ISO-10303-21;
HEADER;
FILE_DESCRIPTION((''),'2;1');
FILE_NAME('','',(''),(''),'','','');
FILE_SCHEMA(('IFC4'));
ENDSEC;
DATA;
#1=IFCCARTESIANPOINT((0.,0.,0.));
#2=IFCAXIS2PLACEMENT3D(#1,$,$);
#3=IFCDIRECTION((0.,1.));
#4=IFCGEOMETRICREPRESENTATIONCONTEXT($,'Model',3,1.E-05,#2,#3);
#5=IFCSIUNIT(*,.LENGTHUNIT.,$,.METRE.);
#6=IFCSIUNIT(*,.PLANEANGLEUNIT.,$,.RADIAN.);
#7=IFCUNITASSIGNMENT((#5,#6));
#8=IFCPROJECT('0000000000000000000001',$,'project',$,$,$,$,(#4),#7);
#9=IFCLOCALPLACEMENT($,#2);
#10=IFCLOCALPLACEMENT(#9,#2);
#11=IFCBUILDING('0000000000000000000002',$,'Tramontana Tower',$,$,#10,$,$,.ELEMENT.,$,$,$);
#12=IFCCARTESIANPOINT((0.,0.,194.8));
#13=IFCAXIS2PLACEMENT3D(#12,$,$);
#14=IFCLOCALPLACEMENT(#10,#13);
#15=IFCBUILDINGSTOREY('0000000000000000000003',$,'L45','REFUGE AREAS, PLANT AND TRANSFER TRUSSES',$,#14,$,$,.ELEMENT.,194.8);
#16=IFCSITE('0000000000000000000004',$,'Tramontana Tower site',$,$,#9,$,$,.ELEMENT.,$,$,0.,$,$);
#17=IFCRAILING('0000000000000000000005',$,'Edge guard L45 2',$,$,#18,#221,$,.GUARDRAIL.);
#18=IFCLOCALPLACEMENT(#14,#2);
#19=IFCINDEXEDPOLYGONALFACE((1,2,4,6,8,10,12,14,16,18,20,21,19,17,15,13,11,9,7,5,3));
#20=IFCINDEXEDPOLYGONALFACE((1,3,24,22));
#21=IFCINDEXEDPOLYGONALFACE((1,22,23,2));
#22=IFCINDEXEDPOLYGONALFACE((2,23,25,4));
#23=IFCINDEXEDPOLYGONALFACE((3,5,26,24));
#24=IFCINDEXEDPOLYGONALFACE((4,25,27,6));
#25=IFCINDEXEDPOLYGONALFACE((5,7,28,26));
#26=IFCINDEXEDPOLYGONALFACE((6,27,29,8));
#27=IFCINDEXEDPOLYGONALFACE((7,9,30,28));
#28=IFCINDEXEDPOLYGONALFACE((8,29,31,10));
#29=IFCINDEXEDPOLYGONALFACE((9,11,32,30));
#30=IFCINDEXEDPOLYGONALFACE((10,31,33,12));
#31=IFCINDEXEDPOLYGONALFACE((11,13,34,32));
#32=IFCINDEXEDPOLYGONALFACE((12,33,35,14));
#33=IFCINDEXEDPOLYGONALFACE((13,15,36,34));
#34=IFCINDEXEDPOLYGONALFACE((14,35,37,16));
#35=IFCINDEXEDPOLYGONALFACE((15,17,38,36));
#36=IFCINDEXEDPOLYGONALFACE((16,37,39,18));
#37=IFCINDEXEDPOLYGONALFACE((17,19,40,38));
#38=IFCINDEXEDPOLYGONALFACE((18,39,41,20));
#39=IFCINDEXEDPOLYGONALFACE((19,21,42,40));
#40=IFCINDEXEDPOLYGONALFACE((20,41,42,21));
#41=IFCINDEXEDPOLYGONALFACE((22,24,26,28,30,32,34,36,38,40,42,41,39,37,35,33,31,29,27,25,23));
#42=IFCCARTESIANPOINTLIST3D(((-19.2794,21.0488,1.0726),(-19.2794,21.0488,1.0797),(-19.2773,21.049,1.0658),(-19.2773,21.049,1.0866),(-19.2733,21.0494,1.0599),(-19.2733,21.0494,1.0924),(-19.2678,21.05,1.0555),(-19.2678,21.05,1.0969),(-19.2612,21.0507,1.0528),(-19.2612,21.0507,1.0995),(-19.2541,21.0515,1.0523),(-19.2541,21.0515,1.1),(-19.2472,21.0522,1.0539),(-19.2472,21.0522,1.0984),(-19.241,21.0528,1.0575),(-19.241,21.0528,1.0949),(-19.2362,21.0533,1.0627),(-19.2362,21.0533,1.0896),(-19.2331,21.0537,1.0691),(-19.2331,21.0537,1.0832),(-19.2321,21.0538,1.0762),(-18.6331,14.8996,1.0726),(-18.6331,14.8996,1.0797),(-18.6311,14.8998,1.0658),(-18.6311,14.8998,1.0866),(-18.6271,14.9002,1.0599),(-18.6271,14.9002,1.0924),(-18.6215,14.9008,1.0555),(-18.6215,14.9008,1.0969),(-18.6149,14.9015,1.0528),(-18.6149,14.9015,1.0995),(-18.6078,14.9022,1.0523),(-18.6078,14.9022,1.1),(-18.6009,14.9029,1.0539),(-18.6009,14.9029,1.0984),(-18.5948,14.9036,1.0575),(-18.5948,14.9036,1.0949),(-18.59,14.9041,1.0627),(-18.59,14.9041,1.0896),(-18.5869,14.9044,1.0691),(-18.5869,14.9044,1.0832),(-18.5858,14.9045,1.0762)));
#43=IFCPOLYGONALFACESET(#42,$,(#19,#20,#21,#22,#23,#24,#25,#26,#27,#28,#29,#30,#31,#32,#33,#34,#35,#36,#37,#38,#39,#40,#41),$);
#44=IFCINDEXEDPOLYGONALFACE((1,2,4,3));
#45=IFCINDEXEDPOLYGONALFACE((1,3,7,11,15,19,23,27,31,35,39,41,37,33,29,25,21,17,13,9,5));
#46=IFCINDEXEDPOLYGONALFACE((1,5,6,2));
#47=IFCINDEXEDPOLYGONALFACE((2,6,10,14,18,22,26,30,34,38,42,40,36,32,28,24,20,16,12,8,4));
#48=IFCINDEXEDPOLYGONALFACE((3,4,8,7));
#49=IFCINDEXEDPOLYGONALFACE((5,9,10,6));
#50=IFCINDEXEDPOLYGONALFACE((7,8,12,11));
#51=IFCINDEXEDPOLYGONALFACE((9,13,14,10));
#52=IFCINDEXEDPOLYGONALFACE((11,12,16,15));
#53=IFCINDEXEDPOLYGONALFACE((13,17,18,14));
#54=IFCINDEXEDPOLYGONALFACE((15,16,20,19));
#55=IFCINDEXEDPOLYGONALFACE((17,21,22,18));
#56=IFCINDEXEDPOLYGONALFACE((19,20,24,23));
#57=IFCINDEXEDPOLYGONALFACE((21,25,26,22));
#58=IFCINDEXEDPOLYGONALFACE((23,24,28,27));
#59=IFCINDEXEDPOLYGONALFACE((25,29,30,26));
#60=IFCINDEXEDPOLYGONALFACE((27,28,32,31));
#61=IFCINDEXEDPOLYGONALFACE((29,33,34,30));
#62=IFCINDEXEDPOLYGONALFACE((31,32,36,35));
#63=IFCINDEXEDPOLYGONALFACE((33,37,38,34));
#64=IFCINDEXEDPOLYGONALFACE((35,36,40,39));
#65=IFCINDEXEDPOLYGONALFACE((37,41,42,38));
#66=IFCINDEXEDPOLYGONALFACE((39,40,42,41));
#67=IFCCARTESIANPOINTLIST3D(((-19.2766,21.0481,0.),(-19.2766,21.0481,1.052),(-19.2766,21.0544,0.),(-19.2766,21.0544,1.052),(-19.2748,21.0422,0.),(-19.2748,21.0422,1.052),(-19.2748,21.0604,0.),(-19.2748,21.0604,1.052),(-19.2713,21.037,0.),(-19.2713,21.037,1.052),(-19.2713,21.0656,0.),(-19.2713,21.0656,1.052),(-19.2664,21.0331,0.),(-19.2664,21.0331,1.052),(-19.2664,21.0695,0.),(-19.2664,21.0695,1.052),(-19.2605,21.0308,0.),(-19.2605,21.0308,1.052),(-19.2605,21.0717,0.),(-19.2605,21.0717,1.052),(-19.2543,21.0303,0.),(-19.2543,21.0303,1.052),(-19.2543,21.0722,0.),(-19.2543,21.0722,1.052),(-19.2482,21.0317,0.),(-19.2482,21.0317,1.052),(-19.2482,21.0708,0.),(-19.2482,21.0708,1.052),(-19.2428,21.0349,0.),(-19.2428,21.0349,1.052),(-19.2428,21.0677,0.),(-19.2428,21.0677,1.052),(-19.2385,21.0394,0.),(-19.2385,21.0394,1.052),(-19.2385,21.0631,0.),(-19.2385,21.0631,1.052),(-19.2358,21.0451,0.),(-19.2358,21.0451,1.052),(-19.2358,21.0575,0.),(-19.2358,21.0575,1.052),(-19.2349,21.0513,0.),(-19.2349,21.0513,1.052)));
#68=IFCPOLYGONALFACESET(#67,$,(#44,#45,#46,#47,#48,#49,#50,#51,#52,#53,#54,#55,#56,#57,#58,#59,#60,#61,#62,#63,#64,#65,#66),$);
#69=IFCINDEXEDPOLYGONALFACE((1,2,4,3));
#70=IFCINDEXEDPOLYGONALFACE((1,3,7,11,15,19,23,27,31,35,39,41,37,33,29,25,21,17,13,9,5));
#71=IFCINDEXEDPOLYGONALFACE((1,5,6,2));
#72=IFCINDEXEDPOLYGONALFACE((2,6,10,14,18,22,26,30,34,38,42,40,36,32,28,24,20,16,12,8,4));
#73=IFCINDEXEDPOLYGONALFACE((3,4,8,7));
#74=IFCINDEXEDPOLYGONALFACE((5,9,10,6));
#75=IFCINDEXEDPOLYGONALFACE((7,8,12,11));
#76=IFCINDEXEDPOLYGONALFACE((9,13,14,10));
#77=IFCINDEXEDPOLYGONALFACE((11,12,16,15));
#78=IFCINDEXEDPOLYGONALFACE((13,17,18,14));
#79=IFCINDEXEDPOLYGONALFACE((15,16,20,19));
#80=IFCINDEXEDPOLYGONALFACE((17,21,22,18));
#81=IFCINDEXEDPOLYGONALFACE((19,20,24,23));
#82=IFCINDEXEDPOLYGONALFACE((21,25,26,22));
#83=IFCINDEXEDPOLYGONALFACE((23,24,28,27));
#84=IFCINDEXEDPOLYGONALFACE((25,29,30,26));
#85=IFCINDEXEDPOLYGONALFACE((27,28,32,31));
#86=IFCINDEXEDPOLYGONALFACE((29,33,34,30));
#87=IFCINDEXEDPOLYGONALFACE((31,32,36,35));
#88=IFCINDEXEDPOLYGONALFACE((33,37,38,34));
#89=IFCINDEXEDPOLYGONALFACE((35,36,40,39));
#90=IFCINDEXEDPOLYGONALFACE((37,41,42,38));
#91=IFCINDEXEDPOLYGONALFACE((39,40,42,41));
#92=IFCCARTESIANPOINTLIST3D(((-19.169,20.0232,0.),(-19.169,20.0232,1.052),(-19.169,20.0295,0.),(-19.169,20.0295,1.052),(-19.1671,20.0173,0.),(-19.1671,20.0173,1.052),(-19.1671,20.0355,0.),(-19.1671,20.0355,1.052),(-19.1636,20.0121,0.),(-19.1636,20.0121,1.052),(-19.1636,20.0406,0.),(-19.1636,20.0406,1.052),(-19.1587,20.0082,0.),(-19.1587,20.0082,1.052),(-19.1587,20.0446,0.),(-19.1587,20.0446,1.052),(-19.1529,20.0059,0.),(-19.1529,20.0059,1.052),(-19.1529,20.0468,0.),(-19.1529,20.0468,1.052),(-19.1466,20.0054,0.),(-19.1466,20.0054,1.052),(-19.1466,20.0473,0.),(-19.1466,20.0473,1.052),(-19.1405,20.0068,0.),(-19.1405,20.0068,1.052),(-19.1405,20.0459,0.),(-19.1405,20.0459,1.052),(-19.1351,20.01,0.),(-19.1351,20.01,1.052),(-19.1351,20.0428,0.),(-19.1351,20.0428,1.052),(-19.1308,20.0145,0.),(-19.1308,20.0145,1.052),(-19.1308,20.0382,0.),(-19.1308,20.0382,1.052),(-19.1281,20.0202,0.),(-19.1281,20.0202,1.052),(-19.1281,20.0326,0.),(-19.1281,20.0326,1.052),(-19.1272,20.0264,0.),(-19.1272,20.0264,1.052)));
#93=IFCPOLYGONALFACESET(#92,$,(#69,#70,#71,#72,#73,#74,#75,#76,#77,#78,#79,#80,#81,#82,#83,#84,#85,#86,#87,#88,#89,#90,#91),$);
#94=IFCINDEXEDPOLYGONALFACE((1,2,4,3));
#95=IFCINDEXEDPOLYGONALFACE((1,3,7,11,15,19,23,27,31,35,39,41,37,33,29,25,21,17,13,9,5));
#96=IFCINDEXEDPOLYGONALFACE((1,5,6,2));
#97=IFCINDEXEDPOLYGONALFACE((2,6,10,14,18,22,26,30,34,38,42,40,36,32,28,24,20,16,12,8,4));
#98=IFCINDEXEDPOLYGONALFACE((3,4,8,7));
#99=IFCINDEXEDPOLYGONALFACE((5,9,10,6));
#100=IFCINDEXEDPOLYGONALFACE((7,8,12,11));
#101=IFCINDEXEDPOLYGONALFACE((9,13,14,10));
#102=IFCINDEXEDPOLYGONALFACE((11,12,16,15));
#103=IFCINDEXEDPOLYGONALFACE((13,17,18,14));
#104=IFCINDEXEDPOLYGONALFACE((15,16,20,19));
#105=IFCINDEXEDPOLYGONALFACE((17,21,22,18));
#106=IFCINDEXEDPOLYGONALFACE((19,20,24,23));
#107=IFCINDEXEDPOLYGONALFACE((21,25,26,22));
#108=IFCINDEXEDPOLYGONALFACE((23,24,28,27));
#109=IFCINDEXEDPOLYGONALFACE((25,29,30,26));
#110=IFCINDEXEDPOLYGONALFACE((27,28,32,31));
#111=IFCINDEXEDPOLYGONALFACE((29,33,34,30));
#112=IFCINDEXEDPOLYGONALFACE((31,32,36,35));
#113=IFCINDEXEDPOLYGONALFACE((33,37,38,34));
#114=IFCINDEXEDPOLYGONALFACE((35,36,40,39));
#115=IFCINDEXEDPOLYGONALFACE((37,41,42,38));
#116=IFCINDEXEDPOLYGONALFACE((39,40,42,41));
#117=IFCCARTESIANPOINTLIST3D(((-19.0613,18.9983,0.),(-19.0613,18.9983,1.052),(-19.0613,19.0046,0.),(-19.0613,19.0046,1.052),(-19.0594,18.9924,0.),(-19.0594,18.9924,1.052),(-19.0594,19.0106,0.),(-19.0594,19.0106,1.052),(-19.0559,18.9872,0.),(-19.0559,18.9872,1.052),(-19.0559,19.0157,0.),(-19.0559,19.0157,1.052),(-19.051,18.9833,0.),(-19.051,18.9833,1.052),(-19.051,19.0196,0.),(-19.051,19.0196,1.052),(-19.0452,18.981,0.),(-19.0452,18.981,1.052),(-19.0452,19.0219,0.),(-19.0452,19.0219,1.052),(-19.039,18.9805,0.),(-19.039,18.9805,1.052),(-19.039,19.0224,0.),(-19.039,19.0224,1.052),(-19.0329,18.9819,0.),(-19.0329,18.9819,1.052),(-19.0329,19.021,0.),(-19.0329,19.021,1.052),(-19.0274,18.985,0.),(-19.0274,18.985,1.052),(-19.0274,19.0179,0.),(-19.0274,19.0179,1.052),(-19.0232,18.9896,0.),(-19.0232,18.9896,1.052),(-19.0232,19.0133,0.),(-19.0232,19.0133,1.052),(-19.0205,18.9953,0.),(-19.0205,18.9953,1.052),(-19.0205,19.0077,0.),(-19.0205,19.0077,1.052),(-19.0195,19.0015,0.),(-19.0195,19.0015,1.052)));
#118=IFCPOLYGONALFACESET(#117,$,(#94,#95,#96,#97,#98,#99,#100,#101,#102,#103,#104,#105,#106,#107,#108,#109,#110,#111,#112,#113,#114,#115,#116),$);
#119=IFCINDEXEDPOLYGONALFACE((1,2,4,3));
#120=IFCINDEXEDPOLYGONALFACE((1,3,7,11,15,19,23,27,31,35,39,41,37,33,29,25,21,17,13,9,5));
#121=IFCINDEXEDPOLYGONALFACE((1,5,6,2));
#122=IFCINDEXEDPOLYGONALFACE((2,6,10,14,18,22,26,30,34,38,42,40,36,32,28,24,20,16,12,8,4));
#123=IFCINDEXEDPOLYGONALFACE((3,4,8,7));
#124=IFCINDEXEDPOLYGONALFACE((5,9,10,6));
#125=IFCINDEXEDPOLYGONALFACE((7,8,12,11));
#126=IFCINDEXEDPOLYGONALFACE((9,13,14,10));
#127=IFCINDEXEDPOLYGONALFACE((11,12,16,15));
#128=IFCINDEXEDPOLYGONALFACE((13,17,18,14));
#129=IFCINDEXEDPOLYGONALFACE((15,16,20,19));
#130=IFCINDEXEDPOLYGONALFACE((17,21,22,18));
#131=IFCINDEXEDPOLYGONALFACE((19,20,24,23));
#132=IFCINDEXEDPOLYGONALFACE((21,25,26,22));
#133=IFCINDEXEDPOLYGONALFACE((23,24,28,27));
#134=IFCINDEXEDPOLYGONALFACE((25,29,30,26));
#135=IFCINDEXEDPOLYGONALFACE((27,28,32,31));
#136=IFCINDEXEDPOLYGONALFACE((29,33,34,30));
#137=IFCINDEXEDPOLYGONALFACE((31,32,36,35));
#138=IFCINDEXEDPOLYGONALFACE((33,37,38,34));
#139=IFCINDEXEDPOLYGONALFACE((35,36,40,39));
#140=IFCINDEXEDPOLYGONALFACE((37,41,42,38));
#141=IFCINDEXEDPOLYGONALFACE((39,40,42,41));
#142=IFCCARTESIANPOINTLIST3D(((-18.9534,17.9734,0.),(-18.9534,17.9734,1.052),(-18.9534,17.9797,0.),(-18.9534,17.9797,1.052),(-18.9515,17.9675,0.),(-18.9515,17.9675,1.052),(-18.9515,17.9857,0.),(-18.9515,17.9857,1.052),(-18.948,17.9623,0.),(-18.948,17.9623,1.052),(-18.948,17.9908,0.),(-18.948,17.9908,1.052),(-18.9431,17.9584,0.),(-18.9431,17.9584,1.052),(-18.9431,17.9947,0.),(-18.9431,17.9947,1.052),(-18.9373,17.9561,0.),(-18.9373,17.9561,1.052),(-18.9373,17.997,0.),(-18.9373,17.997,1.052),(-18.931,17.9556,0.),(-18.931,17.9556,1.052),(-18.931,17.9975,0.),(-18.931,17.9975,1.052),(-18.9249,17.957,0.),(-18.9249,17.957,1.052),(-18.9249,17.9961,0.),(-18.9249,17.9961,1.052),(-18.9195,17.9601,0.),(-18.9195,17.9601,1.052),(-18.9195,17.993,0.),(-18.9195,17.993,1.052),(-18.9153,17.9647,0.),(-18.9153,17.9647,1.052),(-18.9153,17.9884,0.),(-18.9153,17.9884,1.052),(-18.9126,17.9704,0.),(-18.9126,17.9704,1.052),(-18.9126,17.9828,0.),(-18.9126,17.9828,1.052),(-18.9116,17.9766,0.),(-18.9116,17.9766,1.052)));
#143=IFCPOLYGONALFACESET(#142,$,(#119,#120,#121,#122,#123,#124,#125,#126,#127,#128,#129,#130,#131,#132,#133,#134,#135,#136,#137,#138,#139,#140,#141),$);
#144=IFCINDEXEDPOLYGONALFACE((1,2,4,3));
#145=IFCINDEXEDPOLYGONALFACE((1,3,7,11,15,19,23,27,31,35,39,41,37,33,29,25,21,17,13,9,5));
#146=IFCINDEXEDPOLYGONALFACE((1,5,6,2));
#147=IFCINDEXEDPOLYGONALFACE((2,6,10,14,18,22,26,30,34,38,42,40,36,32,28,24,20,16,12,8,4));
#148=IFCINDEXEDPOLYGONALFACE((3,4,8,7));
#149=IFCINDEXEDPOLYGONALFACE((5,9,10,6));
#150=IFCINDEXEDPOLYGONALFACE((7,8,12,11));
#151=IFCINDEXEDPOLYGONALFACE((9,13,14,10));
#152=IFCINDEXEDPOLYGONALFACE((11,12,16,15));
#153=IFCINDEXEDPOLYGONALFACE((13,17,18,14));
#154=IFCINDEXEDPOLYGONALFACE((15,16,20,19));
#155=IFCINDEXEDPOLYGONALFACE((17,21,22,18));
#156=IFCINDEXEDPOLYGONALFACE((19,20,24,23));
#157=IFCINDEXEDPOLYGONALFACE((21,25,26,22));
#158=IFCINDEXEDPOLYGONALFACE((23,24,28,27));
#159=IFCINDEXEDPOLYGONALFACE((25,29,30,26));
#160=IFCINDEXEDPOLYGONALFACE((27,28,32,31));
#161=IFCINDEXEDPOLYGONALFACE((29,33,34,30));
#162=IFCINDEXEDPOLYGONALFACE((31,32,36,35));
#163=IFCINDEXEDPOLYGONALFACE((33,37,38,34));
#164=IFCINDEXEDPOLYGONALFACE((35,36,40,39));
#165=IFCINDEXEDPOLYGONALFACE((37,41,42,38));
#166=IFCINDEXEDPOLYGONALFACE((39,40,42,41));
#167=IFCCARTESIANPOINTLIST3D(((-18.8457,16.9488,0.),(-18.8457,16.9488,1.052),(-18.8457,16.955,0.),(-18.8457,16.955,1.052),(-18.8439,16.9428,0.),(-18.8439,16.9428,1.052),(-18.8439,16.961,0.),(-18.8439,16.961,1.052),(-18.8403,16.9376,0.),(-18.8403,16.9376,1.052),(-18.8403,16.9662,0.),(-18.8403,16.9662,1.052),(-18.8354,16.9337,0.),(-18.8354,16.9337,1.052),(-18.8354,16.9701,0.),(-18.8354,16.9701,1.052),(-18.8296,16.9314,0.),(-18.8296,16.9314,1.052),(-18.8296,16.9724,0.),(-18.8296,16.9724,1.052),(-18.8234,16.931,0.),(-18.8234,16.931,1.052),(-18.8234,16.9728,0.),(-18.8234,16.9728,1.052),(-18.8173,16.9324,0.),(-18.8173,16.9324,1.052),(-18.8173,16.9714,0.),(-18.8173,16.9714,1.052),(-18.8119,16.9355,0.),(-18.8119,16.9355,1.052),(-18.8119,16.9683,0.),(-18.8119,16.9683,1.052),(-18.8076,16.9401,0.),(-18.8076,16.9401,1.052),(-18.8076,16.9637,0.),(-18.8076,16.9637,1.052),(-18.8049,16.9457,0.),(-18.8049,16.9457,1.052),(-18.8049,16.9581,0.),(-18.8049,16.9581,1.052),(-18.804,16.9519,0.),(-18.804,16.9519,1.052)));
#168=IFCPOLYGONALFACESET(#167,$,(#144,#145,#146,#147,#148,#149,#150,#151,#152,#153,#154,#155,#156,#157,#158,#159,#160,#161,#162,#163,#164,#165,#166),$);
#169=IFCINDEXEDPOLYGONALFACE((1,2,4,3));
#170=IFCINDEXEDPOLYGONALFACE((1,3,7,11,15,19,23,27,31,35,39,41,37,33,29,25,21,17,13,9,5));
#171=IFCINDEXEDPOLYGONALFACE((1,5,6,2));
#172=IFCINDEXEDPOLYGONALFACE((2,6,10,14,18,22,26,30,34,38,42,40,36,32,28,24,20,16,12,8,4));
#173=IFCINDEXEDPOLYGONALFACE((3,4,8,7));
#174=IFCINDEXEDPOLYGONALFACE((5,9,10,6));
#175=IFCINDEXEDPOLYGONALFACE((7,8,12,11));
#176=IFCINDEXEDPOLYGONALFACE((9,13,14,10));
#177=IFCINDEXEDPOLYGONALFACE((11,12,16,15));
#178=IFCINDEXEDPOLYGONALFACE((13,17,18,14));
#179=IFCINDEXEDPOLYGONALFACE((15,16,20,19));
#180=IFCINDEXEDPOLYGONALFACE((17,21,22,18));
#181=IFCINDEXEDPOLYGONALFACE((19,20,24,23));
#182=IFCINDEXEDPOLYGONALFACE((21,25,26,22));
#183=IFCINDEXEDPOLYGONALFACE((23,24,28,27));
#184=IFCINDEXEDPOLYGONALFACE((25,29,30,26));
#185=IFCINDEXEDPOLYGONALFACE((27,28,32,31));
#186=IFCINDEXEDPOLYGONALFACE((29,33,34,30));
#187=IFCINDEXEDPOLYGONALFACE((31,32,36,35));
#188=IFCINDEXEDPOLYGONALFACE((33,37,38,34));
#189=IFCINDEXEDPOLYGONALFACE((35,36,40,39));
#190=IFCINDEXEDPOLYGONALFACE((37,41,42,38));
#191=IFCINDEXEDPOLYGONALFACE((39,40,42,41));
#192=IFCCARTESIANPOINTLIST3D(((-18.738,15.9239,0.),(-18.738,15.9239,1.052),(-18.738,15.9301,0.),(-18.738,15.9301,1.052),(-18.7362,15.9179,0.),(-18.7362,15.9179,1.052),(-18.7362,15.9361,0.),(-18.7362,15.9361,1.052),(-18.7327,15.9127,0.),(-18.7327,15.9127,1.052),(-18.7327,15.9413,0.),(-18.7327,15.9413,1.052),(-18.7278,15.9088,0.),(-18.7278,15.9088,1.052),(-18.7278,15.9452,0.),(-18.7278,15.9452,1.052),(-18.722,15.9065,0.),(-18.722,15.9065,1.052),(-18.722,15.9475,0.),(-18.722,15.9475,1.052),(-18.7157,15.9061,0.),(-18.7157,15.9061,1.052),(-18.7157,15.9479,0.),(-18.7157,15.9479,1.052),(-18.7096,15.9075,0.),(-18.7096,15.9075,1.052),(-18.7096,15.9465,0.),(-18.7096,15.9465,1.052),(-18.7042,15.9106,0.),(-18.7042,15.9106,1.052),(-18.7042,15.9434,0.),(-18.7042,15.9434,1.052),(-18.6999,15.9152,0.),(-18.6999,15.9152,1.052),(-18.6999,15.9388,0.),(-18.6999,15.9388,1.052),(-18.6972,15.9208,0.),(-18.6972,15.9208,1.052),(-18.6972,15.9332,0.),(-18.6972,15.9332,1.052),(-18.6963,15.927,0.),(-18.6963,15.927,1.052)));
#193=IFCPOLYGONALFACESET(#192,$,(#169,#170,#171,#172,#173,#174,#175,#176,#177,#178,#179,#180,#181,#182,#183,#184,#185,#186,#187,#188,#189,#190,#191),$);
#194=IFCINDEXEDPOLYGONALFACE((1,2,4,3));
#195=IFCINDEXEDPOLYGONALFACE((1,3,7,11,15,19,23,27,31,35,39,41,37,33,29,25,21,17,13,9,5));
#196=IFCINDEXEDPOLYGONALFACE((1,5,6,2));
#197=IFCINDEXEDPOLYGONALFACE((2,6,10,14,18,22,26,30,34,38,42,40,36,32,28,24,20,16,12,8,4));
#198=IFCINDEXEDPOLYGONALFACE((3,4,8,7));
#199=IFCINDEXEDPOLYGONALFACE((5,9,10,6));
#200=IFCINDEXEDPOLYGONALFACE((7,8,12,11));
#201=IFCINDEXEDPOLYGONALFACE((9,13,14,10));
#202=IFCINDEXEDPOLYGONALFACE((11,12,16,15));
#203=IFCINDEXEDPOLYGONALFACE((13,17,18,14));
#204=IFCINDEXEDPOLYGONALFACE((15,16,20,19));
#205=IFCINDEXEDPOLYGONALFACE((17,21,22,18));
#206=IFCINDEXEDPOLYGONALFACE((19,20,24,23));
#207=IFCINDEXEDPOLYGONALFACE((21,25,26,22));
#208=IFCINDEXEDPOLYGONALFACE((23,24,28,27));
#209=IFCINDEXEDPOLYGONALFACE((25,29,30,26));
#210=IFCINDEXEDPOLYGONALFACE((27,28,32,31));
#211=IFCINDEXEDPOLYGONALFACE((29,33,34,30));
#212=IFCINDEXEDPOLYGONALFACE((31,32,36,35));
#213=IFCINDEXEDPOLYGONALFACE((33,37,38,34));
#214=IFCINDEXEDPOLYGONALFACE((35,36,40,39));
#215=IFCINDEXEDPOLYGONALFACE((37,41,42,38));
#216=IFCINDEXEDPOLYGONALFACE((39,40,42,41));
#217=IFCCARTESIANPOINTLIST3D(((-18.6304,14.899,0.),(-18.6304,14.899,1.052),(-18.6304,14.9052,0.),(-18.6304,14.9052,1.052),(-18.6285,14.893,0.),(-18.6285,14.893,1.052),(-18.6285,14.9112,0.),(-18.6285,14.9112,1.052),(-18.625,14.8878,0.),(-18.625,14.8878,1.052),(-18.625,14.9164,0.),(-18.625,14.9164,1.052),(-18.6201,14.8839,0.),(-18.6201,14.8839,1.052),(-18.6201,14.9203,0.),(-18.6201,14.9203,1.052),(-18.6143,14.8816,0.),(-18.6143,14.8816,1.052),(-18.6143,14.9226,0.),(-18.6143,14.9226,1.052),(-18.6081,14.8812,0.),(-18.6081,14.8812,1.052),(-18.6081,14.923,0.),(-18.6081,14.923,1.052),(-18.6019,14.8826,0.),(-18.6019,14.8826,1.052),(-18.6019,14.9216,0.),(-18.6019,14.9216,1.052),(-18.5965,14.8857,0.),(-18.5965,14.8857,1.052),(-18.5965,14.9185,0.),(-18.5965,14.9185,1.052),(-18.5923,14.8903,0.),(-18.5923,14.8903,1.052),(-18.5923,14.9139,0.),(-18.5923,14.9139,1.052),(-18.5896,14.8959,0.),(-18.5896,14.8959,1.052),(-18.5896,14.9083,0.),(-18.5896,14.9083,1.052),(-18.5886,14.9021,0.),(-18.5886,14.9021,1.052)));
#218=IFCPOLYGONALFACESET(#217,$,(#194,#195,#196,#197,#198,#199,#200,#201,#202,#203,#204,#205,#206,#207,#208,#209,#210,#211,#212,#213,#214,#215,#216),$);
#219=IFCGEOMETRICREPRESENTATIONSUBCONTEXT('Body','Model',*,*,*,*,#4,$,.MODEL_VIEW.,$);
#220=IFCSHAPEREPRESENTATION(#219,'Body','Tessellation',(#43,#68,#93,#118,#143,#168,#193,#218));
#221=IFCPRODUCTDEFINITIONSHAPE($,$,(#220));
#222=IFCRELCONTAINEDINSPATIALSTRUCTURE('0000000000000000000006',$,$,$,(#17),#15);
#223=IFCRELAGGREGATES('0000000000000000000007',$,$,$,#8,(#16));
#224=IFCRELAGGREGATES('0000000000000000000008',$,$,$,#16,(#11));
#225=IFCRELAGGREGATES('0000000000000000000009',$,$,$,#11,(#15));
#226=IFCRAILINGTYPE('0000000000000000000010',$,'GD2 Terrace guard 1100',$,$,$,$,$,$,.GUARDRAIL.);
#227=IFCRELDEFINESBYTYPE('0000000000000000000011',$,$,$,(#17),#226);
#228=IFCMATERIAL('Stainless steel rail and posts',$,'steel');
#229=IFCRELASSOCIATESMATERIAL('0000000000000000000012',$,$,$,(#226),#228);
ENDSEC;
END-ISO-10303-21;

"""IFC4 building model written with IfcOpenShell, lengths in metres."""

from ifc_helpers import new_model, si_unit, direction, frame, origin, origin_2d, place, context, subcontext, project, spatial, circle, extrude, material, type_object, element, save


model = new_model("IFC4")

# Units and contexts
model_context = context("Model", 3, precision=1e-05, world=origin(), true_north=direction((0.0, 1.0)))
body_context = subcontext(model_context, "Body", "Model", "MODEL_VIEW")
ifc_project = project(units=[si_unit("LENGTHUNIT", "METRE"), si_unit("PLANEANGLEUNIT", "RADIAN")], contexts=[model_context])

# Site, building, storey
site_placement = place(None, origin())
site = spatial("IfcSite", under=ifc_project, at=site_placement, Name="Tramontana Tower site", CompositionType="ELEMENT", RefElevation=0.0)
building_placement = place(site_placement, origin())
building = spatial("IfcBuilding", under=site, at=building_placement, Name="Tramontana Tower", CompositionType="ELEMENT")
storey_placement = place(building_placement, frame((0.0, 0.0, 194.8)))
storey = spatial("IfcBuildingStorey", under=building, at=storey_placement, Name="L45", Description="REFUGE AREAS, PLANT AND TRANSFER TRUSSES", CompositionType="ELEMENT", Elevation=194.8)

# Railing
ifc_material_1 = material(Name="Stainless steel rail and posts", Category="steel")
railing_type = type_object("IfcRailingType", Name="GD2 Terrace guard 1100", PredefinedType="GUARDRAIL", material=ifc_material_1)
railing_1_placement = place(storey_placement, frame((-19.2559, 21.0513, 0.0)))
element("IfcRailing", 1, at=railing_1_placement, inside=storey, type_object=railing_type, Name="Edge guard L45 2", PredefinedType="GUARDRAIL", context=body_context, shape_type="SweptSolid", body=[
    extrude(circle(Radius=0.0239, at=origin_2d()), frame((0.0, 0.0, 1.0762), z_axis=(0.104518, -0.994523, 0.0), x_axis=(0.994523, 0.104518, 0.0)), (0.0, 0.0, 1.0), 6.1831),
    extrude(circle(Radius=0.021, at=origin_2d()), origin(), (0.0, 0.0, 1.0), 1.052),
    extrude(circle(Radius=0.021, at=origin_2d()), frame((0.1077, -1.0249, 0.0)), (0.0, 0.0, 1.0), 1.052),
    extrude(circle(Radius=0.021, at=origin_2d()), frame((0.2153, -2.0498, 0.0)), (0.0, 0.0, 1.0), 1.052),
    extrude(circle(Radius=0.021, at=origin_2d()), frame((0.3232, -3.0747, 0.0)), (0.0, 0.0, 1.0), 1.052),
    extrude(circle(Radius=0.021, at=origin_2d()), frame((0.4309, -4.0994, 0.0)), (0.0, 0.0, 1.0), 1.052),
    extrude(circle(Radius=0.021, at=origin_2d()), frame((0.5386, -5.1243, 0.0)), (0.0, 0.0, 1.0), 1.052),
    extrude(circle(Radius=0.021, at=origin_2d()), frame((0.6462, -6.1492, 0.0)), (0.0, 0.0, 1.0), 1.052),
])

save(model, "model.ifc")
